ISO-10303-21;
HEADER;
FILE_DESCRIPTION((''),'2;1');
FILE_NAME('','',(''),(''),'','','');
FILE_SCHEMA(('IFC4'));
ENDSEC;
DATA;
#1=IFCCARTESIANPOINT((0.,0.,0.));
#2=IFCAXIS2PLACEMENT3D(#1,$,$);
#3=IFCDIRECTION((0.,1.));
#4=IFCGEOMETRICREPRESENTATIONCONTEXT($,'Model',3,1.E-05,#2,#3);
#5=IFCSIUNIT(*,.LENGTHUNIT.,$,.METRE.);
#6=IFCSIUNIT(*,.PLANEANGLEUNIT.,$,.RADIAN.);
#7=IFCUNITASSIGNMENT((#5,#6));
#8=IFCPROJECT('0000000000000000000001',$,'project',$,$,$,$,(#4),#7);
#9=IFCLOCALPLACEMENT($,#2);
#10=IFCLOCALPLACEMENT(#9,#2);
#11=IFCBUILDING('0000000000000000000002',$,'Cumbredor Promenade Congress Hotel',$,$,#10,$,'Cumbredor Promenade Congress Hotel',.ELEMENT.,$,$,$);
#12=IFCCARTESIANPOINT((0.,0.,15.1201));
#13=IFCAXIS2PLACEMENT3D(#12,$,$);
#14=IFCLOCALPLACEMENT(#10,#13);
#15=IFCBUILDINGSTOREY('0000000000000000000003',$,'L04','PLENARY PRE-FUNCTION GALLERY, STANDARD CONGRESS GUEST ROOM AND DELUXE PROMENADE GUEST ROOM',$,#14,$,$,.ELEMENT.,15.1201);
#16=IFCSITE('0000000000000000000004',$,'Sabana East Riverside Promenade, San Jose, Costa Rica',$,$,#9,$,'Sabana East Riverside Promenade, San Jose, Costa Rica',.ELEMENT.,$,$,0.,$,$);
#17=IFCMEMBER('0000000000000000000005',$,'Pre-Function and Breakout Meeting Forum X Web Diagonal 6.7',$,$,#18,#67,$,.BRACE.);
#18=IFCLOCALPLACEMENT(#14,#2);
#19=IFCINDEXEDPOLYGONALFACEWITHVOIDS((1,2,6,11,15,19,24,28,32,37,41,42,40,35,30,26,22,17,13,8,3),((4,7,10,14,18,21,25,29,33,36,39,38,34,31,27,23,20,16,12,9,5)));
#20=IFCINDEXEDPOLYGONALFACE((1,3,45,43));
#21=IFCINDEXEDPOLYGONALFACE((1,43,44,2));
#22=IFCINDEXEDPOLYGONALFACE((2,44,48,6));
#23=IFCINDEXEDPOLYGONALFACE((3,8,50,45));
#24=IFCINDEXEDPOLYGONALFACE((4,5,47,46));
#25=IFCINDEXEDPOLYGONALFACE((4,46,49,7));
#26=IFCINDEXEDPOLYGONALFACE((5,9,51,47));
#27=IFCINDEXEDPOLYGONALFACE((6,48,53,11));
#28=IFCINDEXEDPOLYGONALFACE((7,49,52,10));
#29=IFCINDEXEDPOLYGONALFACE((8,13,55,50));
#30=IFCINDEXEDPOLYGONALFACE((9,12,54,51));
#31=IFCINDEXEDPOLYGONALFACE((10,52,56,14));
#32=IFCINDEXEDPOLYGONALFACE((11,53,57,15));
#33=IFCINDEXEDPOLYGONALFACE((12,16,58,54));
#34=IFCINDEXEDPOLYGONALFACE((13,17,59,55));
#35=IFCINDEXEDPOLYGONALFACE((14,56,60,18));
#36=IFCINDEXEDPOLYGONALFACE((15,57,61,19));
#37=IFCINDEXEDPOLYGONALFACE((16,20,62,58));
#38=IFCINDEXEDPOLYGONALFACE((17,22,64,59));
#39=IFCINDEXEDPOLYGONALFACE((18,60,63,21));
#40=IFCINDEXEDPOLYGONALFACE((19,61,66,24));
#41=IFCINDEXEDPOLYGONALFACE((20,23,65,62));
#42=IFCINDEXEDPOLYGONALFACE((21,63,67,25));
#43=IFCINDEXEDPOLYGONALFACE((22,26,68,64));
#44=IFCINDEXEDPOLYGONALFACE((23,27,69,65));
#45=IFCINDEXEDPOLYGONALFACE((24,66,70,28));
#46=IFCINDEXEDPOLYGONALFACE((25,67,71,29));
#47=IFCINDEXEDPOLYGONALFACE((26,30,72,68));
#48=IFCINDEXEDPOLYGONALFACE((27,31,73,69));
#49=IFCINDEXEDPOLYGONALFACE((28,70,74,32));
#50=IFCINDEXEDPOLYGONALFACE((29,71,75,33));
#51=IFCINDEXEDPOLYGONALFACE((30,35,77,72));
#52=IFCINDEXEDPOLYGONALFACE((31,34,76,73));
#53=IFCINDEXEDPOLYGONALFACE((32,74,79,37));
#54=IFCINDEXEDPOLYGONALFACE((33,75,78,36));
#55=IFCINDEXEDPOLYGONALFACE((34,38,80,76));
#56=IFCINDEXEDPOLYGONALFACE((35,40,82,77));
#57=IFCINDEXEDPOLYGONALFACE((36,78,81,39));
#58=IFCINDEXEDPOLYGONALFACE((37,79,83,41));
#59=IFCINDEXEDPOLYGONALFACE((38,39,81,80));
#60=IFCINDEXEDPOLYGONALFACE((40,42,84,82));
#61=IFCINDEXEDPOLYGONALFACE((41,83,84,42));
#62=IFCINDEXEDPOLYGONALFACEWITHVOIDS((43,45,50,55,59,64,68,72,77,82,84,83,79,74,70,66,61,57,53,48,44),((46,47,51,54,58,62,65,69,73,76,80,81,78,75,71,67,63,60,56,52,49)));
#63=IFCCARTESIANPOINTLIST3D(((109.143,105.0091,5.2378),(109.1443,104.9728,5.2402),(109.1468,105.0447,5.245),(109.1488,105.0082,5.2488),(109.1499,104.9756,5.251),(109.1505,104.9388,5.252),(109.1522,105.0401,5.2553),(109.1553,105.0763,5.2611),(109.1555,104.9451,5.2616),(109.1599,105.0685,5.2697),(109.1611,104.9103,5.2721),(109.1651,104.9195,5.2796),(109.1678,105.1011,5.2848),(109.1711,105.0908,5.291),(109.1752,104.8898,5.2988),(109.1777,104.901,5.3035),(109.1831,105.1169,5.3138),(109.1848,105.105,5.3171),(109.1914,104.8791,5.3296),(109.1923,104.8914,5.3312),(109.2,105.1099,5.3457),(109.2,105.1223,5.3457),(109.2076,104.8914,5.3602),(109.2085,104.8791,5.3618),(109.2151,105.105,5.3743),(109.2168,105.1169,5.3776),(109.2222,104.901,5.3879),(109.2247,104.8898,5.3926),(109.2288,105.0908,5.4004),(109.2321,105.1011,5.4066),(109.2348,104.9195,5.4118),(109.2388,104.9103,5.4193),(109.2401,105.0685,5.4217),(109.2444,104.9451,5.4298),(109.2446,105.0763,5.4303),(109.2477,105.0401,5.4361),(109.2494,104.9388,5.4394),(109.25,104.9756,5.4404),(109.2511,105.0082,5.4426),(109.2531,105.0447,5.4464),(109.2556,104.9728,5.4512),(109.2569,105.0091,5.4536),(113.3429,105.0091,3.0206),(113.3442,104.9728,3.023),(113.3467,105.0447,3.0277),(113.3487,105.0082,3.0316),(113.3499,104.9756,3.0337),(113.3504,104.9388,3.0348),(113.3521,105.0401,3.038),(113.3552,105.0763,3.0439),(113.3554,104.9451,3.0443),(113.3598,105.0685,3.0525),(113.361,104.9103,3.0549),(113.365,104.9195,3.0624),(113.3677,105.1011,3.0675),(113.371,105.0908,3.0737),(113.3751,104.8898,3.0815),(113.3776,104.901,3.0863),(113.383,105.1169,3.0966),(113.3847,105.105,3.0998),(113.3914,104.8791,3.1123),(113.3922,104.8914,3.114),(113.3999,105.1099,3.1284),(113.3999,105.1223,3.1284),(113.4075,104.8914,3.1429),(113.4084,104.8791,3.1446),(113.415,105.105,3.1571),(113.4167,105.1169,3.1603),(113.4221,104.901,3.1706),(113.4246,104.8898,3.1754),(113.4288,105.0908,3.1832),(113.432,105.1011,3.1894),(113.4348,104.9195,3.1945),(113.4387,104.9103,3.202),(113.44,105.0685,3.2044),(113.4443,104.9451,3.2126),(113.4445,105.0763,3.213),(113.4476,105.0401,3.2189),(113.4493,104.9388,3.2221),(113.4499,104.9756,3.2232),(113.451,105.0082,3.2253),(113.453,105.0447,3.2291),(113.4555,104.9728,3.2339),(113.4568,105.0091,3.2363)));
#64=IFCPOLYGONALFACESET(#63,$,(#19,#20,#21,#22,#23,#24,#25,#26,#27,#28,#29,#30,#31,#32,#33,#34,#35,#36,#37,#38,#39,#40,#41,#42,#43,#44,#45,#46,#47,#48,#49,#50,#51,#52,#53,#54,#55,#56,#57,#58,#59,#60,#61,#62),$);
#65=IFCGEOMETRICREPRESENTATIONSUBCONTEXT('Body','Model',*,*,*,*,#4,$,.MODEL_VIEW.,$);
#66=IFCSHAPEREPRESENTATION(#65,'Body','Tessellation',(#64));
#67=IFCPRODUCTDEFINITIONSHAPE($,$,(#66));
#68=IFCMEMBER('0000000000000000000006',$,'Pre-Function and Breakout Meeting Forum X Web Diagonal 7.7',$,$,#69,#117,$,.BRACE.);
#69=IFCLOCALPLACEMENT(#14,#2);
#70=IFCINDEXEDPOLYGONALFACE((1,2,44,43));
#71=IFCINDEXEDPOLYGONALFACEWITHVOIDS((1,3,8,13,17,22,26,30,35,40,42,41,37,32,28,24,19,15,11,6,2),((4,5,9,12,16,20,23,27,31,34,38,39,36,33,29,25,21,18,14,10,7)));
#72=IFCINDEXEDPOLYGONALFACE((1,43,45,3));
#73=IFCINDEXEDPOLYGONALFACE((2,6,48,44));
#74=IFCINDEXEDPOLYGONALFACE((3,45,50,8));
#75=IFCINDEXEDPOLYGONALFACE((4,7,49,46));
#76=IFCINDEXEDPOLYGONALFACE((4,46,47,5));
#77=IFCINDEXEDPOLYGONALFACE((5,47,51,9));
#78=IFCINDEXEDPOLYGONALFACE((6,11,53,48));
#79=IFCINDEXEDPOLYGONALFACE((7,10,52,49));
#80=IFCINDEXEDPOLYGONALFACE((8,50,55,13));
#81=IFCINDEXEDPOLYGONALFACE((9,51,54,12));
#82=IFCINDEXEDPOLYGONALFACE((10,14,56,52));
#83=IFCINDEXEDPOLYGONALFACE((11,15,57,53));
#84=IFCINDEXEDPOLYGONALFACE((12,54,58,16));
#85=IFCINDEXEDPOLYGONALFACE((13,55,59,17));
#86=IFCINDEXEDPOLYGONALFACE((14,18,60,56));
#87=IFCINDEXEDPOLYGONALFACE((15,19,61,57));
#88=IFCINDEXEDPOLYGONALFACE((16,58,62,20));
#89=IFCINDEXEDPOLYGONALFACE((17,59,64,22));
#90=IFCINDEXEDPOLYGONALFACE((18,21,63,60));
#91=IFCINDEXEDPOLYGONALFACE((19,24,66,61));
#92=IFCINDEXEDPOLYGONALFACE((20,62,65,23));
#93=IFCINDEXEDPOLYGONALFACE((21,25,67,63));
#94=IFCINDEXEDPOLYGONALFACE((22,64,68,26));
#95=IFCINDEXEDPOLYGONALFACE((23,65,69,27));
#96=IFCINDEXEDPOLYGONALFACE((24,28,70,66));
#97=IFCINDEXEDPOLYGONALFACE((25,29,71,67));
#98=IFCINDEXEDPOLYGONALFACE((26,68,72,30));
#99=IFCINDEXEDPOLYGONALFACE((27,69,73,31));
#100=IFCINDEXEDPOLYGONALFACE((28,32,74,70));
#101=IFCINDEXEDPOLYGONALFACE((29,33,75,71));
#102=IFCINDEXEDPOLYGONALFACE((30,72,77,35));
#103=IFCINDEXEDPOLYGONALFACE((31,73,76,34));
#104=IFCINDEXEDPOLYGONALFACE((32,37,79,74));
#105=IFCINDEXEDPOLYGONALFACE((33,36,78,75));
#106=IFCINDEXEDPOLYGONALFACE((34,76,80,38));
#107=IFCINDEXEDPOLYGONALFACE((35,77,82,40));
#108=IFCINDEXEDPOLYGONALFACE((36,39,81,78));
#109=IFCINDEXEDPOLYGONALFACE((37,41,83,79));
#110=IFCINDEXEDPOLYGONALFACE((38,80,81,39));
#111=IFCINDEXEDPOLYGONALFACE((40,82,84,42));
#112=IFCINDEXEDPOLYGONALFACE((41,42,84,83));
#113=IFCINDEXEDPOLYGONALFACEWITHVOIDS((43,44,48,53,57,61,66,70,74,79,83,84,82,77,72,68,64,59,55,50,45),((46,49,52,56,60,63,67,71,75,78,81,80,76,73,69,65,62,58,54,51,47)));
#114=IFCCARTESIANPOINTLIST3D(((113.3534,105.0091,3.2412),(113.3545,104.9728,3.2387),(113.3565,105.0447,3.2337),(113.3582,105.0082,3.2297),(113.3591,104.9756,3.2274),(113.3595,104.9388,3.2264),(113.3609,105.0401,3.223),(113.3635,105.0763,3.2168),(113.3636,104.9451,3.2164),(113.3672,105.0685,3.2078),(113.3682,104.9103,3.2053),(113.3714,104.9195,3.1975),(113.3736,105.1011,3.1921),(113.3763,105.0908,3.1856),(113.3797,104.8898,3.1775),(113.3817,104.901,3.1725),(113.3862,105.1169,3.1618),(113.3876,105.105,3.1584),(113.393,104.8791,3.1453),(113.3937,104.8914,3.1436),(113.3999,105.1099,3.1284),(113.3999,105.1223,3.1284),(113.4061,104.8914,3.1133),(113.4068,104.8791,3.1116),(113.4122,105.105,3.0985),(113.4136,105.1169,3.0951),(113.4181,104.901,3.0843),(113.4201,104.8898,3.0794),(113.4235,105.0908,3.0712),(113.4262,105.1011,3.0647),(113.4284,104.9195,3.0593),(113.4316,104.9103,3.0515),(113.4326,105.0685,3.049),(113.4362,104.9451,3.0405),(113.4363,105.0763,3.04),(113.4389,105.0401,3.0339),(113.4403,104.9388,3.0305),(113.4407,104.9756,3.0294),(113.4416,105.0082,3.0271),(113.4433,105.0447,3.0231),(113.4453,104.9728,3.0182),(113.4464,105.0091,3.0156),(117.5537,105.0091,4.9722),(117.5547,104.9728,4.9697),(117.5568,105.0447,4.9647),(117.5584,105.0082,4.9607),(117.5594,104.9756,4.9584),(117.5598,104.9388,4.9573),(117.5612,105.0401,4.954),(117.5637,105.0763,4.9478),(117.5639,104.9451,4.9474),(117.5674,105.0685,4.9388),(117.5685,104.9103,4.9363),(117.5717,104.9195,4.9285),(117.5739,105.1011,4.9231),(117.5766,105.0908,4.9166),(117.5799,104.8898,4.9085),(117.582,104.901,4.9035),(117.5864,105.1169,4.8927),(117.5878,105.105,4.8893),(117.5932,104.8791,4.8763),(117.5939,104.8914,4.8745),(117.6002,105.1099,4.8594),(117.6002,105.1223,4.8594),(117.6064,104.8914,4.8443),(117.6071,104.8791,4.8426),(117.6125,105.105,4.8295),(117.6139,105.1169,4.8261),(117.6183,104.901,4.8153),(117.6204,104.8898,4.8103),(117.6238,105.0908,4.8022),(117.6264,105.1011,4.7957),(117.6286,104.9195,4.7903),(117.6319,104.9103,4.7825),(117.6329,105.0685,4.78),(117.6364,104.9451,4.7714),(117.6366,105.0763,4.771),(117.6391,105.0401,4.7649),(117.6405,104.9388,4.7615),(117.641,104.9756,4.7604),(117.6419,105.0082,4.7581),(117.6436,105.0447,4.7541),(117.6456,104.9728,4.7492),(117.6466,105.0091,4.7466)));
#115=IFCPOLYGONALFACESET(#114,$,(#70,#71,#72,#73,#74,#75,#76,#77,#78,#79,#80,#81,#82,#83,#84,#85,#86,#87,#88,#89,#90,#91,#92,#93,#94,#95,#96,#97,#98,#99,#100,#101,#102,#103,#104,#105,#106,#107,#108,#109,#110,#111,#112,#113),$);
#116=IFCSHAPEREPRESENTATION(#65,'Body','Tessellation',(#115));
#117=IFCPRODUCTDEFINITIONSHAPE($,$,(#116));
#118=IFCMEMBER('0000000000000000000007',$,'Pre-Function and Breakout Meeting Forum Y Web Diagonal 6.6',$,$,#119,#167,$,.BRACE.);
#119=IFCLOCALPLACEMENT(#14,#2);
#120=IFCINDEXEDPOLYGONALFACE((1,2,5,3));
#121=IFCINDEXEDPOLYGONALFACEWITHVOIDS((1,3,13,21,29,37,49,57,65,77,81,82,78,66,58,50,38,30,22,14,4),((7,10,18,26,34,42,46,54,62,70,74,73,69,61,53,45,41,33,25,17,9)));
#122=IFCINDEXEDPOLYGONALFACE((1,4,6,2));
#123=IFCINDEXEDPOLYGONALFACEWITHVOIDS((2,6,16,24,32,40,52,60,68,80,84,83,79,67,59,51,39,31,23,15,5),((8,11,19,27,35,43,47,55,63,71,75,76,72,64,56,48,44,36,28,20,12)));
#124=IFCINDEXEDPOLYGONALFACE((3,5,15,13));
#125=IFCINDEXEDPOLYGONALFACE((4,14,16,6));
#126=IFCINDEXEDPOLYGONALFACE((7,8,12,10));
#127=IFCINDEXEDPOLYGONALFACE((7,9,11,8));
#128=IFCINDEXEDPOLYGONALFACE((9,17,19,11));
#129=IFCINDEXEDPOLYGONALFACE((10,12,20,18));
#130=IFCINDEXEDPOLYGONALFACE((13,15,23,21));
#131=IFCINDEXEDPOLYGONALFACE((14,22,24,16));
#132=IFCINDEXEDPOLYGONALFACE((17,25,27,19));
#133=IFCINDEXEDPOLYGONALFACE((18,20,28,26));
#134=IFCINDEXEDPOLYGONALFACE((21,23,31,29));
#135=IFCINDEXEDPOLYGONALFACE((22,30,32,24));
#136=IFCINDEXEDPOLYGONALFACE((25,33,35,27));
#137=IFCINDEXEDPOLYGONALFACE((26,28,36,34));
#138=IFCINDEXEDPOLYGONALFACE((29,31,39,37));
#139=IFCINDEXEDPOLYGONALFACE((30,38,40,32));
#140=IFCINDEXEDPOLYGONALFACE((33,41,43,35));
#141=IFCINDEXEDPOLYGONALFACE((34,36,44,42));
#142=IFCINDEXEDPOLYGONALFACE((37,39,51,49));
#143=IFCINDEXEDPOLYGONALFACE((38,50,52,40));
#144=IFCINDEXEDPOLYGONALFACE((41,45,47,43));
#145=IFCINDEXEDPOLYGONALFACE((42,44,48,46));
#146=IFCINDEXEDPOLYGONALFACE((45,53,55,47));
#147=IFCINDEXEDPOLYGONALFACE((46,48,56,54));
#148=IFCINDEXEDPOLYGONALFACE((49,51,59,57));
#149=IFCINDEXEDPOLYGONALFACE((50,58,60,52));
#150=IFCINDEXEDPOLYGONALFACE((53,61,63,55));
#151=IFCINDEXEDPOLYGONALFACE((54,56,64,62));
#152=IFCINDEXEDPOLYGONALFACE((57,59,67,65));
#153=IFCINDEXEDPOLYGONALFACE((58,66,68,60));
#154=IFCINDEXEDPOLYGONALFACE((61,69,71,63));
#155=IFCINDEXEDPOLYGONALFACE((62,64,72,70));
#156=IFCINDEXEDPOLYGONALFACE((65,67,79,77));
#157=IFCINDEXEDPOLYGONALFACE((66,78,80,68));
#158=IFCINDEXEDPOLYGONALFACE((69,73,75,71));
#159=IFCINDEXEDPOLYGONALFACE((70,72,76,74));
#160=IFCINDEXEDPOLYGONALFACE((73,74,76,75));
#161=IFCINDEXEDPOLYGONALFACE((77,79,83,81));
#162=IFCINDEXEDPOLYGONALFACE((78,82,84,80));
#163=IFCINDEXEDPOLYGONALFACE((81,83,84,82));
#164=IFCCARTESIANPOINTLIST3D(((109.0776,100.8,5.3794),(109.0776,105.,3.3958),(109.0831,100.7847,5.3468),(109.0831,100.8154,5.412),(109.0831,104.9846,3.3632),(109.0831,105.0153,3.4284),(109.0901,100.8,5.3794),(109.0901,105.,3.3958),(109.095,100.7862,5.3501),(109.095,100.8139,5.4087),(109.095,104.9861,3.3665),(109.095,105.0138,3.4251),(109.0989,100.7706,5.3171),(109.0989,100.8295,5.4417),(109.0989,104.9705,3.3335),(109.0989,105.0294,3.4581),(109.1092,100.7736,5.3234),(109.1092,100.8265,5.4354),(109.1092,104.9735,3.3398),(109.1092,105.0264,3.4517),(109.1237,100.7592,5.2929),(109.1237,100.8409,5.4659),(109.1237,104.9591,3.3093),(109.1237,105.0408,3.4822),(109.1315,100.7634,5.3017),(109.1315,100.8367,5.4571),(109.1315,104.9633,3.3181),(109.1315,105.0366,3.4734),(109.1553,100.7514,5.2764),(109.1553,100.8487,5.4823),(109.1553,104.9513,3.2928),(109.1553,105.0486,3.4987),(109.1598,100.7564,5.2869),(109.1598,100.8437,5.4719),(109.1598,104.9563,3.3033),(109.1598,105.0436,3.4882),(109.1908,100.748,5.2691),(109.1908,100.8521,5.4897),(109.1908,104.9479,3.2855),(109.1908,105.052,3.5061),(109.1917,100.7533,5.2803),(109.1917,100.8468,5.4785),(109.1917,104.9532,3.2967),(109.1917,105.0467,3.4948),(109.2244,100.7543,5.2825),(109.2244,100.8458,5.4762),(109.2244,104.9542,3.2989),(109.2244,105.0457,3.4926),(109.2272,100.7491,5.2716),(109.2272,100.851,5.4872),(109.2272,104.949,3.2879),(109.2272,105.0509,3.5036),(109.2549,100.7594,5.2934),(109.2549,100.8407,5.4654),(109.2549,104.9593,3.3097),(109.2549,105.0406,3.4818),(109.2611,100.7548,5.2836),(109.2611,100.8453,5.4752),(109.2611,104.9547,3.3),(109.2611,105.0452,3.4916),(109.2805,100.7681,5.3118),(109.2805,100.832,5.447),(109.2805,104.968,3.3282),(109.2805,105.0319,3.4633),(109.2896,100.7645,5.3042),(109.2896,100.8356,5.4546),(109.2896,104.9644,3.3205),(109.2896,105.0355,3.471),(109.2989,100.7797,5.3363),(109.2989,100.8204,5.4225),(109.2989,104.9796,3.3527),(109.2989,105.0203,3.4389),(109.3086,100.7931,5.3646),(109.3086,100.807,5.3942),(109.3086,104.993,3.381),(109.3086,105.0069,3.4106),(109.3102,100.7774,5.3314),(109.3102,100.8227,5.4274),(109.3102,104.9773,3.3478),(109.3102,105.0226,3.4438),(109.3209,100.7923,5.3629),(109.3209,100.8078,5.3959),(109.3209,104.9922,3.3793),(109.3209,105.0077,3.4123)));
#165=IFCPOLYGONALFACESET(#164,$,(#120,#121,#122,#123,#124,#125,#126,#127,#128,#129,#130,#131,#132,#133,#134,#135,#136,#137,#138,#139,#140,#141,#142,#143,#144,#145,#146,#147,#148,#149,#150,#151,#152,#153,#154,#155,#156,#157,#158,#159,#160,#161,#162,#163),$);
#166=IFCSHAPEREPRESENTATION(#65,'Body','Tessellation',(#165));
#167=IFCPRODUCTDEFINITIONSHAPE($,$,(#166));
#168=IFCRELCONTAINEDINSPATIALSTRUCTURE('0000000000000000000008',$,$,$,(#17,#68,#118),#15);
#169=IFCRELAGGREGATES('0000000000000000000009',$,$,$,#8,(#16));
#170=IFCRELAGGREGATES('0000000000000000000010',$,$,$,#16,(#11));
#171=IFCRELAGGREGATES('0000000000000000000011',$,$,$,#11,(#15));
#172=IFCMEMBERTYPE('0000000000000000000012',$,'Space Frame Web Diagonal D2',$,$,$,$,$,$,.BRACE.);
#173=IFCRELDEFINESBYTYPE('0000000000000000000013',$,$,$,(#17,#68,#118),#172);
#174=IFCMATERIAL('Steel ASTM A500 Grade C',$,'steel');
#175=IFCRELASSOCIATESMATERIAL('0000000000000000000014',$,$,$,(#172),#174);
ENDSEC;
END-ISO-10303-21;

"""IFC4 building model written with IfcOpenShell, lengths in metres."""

from ifc_helpers import new_model, si_unit, direction, frame, origin, origin_2d, place, context, subcontext, project, spatial, hollow_circle, extrude, material, material_profile, profile_set, type_object, element, save


model = new_model("IFC4")

# Units and contexts
model_context = context("Model", 3, precision=1e-05, world=origin(), true_north=direction((0.0, 1.0)))
body_context = subcontext(model_context, "Body", "Model", "MODEL_VIEW")
ifc_project = project(units=[si_unit("LENGTHUNIT", "METRE"), si_unit("PLANEANGLEUNIT", "RADIAN")], contexts=[model_context])

# Site, building, storey
site_placement = place(None, origin())
site = spatial("IfcSite", under=ifc_project, at=site_placement, Name="Sabana East Riverside Promenade, San Jose, Costa Rica", LongName="Sabana East Riverside Promenade, San Jose, Costa Rica", CompositionType="ELEMENT", RefElevation=0.0)
building_placement = place(site_placement, origin())
building = spatial("IfcBuilding", under=site, at=building_placement, Name="Cumbredor Promenade Congress Hotel", LongName="Cumbredor Promenade Congress Hotel", CompositionType="ELEMENT")
storey_placement = place(building_placement, frame((0.0, 0.0, 15.1201)))
storey = spatial("IfcBuildingStorey", under=building, at=storey_placement, Name="L04", Description="PLENARY PRE-FUNCTION GALLERY, STANDARD CONGRESS GUEST ROOM AND DELUXE PROMENADE GUEST ROOM", CompositionType="ELEMENT", Elevation=15.1201)

# Members
ifc_material_1 = material(Name="Steel ASTM A500 Grade C", Category="steel")
ifc_material_profile_1 = material_profile(ifc_material_1, hollow_circle(Radius=0.1223, WallThickness=0.0125, at=origin_2d()), Name="CHS 244.5x12.5")
ifc_profile_set_1 = profile_set([ifc_material_profile_1], Name="Steel ASTM A500 Grade C")
member_type_1 = type_object("IfcMemberType", Name="Space Frame Web Diagonal D2", PredefinedType="BRACE", material=ifc_profile_set_1)
member_1_placement = place(storey_placement, frame((109.2, 105.0, 5.3457), z_axis=(0.884329, 0.0, -0.466865), x_axis=(0.0, 1.0, 0.0)))
element("IfcMember", 1, at=member_1_placement, inside=storey, type_object=member_type_1, Name="Pre-Function and Breakout Meeting Forum X Web Diagonal 6.7", PredefinedType="BRACE", context=body_context, shape_type="SweptSolid", body=[
    extrude(hollow_circle(Radius=0.1223, WallThickness=0.0125, at=origin_2d()), origin(), (0.0, 0.0, 1.0), 4.7493),
])
member_2_placement = place(storey_placement, frame((113.3999, 105.0, 3.1284), z_axis=(0.924565, 0.0, 0.381025), x_axis=(0.0, 1.0, 0.0)))
element("IfcMember", 2, at=member_2_placement, inside=storey, type_object=member_type_1, Name="Pre-Function and Breakout Meeting Forum X Web Diagonal 7.7", PredefinedType="BRACE", context=body_context, shape_type="SweptSolid", body=[
    extrude(hollow_circle(Radius=0.1223, WallThickness=0.0125, at=origin_2d()), origin(), (0.0, 0.0, 1.0), 4.543),
])
member_3_placement = place(storey_placement, frame((109.2, 100.8, 5.3794), z_axis=(0.0, 0.904221, -0.427065), x_axis=(-1.0, 0.0, 0.0)))
element("IfcMember", 3, at=member_3_placement, inside=storey, type_object=member_type_1, Name="Pre-Function and Breakout Meeting Forum Y Web Diagonal 6.6", PredefinedType="BRACE", context=body_context, shape_type="SweptSolid", body=[
    extrude(hollow_circle(Radius=0.1223, WallThickness=0.0125, at=origin_2d()), origin(), (0.0, 0.0, 1.0), 4.6448),
])

save(model, "model.ifc")
